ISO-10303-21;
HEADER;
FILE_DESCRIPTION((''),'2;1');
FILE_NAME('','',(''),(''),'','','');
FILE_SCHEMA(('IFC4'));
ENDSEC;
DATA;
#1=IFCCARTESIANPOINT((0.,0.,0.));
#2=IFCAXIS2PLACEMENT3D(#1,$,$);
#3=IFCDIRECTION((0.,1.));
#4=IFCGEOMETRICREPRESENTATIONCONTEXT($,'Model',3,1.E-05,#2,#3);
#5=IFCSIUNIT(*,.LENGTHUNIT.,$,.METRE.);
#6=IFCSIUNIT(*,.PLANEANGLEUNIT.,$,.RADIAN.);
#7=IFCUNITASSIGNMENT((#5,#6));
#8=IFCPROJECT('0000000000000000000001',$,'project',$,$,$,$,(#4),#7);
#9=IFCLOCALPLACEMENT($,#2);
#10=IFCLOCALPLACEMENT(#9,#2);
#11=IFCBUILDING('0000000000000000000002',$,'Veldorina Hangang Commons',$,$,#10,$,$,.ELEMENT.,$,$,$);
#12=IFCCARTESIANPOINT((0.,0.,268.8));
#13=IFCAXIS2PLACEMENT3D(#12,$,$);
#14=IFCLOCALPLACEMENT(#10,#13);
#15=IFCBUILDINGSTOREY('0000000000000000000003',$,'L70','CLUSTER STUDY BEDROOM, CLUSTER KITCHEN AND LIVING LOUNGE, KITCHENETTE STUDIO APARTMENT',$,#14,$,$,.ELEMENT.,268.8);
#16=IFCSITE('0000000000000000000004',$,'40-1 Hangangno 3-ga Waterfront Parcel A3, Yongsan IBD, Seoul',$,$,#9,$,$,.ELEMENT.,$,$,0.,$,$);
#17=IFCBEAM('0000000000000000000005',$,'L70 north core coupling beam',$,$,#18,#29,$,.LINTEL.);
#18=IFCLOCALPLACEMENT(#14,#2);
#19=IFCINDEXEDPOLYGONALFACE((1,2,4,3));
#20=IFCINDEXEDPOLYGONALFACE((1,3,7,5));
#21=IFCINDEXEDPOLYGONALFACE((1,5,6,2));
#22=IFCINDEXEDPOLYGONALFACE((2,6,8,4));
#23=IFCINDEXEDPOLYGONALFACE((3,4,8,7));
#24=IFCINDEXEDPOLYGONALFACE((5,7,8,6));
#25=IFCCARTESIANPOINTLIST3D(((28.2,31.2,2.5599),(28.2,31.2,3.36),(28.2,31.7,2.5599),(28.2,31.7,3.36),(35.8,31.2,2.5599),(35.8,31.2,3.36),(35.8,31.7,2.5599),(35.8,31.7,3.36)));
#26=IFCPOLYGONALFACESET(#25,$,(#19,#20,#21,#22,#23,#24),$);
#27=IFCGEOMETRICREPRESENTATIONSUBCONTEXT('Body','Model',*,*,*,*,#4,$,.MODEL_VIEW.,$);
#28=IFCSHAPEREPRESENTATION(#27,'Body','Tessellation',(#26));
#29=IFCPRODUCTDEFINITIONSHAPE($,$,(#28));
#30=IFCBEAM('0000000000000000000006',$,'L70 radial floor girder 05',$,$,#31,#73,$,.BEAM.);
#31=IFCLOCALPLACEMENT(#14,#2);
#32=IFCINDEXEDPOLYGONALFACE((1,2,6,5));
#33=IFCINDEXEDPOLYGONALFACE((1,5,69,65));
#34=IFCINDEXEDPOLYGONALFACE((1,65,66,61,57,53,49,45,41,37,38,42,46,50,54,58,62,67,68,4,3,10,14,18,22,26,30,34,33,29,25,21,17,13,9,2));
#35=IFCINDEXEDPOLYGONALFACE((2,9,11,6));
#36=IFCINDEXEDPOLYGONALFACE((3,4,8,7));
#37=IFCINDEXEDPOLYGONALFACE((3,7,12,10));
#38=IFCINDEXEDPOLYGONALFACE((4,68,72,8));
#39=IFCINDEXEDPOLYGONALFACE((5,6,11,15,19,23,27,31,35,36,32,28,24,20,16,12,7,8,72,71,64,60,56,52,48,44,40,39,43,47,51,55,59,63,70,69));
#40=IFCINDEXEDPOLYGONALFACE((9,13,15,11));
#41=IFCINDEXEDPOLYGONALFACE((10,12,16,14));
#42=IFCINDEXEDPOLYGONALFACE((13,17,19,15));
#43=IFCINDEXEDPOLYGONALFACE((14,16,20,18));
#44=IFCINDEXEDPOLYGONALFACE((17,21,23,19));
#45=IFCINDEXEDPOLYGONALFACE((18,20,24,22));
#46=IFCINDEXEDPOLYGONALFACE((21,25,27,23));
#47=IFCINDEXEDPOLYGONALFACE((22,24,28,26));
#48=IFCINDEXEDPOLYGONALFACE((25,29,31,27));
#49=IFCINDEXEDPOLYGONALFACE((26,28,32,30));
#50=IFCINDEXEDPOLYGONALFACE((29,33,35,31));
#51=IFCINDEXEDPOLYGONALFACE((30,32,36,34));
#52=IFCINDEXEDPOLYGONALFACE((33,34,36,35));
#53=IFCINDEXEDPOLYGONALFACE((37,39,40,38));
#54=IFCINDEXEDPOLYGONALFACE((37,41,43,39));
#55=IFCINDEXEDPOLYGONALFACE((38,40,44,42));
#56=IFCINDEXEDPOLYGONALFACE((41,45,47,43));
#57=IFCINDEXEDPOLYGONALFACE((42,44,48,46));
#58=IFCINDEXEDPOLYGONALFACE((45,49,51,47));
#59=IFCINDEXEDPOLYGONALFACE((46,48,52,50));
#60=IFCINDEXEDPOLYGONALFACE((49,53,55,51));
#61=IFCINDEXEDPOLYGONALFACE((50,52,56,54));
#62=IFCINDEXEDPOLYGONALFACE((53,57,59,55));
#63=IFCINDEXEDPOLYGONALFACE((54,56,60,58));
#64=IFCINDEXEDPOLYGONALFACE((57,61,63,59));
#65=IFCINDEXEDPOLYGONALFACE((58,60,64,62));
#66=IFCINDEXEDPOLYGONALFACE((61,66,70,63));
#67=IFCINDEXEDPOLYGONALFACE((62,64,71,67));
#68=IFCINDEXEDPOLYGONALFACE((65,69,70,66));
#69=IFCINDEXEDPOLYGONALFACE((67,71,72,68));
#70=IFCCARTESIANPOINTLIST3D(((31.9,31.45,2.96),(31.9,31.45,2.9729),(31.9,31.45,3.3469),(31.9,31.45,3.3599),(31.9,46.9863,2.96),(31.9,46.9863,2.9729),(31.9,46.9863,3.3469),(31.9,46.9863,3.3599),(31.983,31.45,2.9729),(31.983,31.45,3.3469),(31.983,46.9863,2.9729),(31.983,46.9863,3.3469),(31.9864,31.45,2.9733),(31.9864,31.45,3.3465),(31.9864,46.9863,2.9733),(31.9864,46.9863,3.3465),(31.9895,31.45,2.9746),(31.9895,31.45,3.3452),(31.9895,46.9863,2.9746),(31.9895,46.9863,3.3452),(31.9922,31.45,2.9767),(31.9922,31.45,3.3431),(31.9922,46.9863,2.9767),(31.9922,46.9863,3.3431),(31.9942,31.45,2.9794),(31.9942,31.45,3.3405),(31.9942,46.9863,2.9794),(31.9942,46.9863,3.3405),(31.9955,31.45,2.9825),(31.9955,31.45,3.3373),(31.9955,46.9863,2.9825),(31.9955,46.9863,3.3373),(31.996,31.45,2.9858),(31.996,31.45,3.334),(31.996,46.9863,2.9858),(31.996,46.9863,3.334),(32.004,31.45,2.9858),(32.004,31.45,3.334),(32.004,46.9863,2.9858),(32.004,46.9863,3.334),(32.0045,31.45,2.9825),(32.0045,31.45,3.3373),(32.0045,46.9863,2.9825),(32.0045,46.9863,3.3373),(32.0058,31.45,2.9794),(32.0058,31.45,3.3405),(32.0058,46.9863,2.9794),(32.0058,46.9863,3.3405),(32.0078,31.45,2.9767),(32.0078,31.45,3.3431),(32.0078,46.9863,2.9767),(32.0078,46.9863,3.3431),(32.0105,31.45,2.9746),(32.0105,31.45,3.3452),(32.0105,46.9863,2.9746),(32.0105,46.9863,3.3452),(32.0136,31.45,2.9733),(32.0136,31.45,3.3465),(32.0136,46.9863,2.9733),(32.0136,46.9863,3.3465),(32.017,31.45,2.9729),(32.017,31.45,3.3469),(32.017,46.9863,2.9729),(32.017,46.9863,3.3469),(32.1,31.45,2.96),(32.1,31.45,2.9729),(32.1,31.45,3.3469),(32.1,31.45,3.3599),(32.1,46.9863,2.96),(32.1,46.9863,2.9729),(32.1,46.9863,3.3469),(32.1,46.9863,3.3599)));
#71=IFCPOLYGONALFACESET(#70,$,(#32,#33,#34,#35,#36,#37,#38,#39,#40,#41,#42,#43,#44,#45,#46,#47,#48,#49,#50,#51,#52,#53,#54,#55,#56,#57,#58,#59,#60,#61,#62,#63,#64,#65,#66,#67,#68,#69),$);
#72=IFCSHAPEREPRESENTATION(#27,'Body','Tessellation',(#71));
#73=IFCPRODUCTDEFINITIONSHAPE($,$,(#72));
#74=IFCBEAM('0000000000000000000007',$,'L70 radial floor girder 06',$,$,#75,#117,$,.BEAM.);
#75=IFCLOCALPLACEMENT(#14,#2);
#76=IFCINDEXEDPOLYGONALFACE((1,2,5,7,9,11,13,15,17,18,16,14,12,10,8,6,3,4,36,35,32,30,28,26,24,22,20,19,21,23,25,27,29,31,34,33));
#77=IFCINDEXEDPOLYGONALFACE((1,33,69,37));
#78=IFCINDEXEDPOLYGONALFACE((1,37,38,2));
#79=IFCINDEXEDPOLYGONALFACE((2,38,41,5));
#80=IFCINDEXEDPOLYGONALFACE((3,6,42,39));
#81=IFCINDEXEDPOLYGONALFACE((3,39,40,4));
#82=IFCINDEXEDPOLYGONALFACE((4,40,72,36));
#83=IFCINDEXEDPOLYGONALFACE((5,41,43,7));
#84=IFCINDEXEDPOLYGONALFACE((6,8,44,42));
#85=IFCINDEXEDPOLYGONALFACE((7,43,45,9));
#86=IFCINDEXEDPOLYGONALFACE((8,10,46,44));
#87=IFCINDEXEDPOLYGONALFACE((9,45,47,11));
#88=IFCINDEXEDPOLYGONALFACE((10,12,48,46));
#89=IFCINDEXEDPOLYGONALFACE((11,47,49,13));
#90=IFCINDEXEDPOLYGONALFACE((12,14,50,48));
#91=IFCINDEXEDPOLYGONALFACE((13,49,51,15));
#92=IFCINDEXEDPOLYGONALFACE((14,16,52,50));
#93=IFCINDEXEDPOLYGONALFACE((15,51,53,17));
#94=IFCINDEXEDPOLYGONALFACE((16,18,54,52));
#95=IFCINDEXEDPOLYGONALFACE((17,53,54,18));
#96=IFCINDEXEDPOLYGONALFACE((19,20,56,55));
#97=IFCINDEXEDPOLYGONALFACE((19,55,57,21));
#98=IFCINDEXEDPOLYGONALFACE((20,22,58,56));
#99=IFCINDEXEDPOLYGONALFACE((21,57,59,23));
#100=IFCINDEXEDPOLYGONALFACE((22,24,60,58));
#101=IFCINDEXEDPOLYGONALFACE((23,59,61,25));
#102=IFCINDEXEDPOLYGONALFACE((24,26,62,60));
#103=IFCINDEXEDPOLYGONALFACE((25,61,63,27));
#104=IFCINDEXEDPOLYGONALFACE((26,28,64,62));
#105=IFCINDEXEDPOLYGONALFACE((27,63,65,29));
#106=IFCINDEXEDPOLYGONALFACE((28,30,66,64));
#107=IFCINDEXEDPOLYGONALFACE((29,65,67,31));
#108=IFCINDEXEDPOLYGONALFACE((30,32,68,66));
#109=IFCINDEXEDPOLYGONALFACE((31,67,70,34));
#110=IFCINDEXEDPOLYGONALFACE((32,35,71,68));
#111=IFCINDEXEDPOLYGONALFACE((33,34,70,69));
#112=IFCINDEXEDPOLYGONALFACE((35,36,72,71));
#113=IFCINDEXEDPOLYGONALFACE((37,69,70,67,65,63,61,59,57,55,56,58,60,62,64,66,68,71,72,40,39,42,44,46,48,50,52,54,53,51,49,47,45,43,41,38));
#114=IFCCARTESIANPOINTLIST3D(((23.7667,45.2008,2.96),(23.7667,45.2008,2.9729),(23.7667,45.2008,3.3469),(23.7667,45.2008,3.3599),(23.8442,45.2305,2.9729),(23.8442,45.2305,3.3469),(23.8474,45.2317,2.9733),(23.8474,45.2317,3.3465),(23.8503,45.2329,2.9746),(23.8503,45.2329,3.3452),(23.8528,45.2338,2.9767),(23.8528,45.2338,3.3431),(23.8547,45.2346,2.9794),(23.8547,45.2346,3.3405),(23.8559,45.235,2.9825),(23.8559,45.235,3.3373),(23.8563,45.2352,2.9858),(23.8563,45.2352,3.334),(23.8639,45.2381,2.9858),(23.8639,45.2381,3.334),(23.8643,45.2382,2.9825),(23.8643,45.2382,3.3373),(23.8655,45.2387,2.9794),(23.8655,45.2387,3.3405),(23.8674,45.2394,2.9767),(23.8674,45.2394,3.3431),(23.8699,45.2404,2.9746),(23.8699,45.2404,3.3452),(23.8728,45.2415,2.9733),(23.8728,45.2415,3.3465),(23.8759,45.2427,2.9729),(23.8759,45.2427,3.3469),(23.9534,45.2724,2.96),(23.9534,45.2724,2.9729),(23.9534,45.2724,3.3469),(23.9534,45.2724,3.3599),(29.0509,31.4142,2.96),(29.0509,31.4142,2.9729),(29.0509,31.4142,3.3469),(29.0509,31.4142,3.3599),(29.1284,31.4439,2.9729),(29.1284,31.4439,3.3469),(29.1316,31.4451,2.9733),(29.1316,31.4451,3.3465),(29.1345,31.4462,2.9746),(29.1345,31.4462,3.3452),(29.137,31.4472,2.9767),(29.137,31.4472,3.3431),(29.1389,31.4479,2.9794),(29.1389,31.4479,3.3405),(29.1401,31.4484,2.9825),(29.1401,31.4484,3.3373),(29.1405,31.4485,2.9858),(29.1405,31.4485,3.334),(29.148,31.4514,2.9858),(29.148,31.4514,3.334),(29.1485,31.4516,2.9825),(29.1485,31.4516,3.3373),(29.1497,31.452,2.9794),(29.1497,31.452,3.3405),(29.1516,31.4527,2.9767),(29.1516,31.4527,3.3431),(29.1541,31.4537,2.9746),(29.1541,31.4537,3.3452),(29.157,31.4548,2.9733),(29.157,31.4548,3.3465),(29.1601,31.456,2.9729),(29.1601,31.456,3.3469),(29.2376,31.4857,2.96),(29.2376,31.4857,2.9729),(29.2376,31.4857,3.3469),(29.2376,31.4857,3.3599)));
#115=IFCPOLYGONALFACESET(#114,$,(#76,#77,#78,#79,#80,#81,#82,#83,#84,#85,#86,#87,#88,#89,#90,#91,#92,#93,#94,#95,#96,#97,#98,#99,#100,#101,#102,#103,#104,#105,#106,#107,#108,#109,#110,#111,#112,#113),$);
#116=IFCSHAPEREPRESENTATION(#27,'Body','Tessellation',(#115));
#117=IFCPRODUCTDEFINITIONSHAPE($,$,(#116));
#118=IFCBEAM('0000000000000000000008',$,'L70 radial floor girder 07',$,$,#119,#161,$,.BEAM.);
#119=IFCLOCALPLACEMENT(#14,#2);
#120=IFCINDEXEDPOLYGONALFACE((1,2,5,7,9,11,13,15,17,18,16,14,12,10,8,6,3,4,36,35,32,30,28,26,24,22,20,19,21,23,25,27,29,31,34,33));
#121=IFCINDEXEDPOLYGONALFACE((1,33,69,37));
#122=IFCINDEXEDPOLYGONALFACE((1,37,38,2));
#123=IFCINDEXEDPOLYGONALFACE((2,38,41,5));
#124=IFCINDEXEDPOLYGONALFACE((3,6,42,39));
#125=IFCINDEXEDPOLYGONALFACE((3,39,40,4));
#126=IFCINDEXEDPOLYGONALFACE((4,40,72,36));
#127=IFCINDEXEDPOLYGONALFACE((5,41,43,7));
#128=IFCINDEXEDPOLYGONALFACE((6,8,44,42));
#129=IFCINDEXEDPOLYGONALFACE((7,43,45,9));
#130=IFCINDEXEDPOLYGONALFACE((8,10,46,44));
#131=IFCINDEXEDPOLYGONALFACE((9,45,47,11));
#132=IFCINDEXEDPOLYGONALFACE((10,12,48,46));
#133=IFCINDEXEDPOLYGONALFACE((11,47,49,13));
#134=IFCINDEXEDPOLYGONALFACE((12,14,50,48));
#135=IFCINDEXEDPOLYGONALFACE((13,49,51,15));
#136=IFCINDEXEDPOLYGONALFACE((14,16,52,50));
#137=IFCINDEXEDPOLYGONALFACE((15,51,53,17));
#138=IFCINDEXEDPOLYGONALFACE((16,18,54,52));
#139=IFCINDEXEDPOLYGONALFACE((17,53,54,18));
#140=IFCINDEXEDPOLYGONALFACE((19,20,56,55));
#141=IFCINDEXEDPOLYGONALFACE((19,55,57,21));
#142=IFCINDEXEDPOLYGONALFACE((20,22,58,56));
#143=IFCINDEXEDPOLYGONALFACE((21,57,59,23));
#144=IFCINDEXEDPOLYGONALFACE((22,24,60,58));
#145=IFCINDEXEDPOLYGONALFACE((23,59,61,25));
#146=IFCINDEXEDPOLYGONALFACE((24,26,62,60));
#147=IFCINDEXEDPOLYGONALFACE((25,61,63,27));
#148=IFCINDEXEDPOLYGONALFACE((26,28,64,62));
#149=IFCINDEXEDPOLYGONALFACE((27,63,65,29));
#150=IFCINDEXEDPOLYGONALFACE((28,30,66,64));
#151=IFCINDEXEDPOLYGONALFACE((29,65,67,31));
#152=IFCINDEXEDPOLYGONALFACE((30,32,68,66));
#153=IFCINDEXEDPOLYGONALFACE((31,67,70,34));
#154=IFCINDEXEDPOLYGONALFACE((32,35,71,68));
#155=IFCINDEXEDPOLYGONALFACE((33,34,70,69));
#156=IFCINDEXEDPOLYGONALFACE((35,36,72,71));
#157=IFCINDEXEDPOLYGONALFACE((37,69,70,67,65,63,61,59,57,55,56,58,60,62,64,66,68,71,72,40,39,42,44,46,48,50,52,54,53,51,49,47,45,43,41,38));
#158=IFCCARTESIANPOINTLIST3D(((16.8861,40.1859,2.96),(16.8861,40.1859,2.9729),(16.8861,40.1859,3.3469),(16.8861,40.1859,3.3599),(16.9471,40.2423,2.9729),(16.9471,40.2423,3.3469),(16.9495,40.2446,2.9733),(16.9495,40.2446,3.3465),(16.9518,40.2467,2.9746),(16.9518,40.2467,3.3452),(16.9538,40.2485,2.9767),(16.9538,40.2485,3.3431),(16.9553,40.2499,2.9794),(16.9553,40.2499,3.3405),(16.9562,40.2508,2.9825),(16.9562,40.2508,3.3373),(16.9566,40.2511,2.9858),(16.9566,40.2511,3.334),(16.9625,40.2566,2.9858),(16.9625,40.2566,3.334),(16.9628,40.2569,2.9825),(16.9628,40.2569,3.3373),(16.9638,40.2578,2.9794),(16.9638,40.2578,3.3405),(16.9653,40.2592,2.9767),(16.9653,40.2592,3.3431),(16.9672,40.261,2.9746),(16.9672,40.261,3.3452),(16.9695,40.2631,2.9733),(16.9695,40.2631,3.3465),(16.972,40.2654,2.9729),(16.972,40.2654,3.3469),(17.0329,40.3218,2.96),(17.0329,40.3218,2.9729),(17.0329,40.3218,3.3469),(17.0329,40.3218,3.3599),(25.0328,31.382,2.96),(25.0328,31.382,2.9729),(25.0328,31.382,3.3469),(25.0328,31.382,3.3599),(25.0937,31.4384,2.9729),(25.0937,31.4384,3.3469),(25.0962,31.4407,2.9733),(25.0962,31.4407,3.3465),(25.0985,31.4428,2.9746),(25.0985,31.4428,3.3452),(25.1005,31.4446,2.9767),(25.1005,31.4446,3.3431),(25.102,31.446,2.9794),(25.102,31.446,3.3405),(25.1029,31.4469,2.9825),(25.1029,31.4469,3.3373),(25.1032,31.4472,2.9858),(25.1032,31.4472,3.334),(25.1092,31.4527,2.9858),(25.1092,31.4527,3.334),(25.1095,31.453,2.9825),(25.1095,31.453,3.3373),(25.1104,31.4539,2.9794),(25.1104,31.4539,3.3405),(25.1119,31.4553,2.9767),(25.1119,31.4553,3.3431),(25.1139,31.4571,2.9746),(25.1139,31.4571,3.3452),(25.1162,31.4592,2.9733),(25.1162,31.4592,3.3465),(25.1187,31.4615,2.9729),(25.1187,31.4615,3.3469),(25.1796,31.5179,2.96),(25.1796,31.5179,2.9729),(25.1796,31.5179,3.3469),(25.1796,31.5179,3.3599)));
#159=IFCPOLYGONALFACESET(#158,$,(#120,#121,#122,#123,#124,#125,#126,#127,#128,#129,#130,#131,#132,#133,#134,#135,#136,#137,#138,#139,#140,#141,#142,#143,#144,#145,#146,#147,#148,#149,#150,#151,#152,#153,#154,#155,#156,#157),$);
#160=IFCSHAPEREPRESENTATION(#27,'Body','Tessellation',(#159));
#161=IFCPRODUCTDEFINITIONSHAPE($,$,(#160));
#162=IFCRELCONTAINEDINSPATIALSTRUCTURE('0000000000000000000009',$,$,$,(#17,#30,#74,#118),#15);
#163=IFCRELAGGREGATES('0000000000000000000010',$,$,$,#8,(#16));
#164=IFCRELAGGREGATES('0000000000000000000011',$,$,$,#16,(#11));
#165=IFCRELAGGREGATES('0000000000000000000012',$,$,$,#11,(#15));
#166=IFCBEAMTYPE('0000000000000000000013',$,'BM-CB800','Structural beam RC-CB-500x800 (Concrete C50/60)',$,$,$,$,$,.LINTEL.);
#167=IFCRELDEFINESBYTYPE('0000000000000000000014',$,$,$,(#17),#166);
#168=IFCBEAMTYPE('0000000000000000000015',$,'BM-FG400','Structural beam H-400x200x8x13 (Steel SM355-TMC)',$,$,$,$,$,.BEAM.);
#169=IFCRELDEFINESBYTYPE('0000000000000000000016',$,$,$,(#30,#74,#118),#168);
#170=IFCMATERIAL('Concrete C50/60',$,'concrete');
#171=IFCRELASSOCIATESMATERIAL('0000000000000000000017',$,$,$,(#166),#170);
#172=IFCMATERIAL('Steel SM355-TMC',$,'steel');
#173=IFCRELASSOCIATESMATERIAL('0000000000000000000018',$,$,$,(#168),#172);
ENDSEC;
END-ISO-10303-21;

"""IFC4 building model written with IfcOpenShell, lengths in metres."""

from ifc_helpers import new_model, si_unit, direction, frame, origin, origin_2d, place, context, subcontext, project, spatial, rectangle, i_section, extrude, material, material_profile, profile_set, type_object, element, save


model = new_model("IFC4")

# Units and contexts
model_context = context("Model", 3, precision=1e-05, world=origin(), true_north=direction((0.0, 1.0)))
body_context = subcontext(model_context, "Body", "Model", "MODEL_VIEW")
ifc_project = project(units=[si_unit("LENGTHUNIT", "METRE"), si_unit("PLANEANGLEUNIT", "RADIAN")], contexts=[model_context])

# Site, building, storey
site_placement = place(None, origin())
site = spatial("IfcSite", under=ifc_project, at=site_placement, Name="40-1 Hangangno 3-ga Waterfront Parcel A3, Yongsan IBD, Seoul", CompositionType="ELEMENT", RefElevation=0.0)
building_placement = place(site_placement, origin())
building = spatial("IfcBuilding", under=site, at=building_placement, Name="Veldorina Hangang Commons", CompositionType="ELEMENT")
storey_placement = place(building_placement, frame((0.0, 0.0, 268.8)))
storey = spatial("IfcBuildingStorey", under=building, at=storey_placement, Name="L70", Description="CLUSTER STUDY BEDROOM, CLUSTER KITCHEN AND LIVING LOUNGE, KITCHENETTE STUDIO APARTMENT", CompositionType="ELEMENT", Elevation=268.8)

# Beams
ifc_material_1 = material(Name="Concrete C50/60", Category="concrete")
ifc_material_profile_1 = material_profile(ifc_material_1, rectangle(XDim=0.5, YDim=0.8, at=origin_2d()), Name="RC-CB-500x800")
ifc_profile_set_1 = profile_set([ifc_material_profile_1], Name="Concrete C50/60")
beam_type_1 = type_object("IfcBeamType", Name="BM-CB800", Description="Structural beam RC-CB-500x800 (Concrete C50/60)", PredefinedType="LINTEL", material=ifc_profile_set_1)
beam_1_placement = place(storey_placement, frame((28.2, 31.45, 2.96), z_axis=(1.0, 0.0, 0.0), x_axis=(0.0, 1.0, 0.0)))
element("IfcBeam", 1, at=beam_1_placement, inside=storey, type_object=beam_type_1, Name="L70 north core coupling beam", PredefinedType="LINTEL", context=body_context, shape_type="SweptSolid", body=[
    extrude(rectangle(XDim=0.5, YDim=0.8, at=origin_2d()), origin(), (0.0, 0.0, 1.0), 7.6001),
])
ifc_material_2 = material(Name="Steel SM355-TMC", Category="steel")
ifc_material_profile_2 = material_profile(ifc_material_2, i_section(OverallWidth=0.2, OverallDepth=0.3999, WebThickness=0.0081, FlangeThickness=0.0129, FilletRadius=0.0129, at=origin_2d()), Name="H-400x200x8x13")
ifc_profile_set_2 = profile_set([ifc_material_profile_2], Name="Steel SM355-TMC")
beam_type_2 = type_object("IfcBeamType", Name="BM-FG400", Description="Structural beam H-400x200x8x13 (Steel SM355-TMC)", PredefinedType="BEAM", material=ifc_profile_set_2)
beam_2_placement = place(storey_placement, frame((32.0, 31.45, 3.1599), z_axis=(0.0, 1.0, 0.0), x_axis=(-1.0, 0.0, 0.0)))
element("IfcBeam", 2, at=beam_2_placement, inside=storey, type_object=beam_type_2, Name="L70 radial floor girder 05", PredefinedType="BEAM", context=body_context, shape_type="SweptSolid", body=[
    extrude(i_section(OverallWidth=0.2, OverallDepth=0.3999, WebThickness=0.0081, FlangeThickness=0.0129, FilletRadius=0.0129, at=origin_2d()), origin(), (0.0, 0.0, 1.0), 15.5364),
])
beam_3_placement = place(storey_placement, frame((29.1443, 31.45, 3.1599), z_axis=(-0.357895, 0.933762, 0.0), x_axis=(-0.933762, -0.357895, 0.0)))
element("IfcBeam", 3, at=beam_3_placement, inside=storey, type_object=beam_type_2, Name="L70 radial floor girder 06", PredefinedType="BEAM", context=body_context, shape_type="SweptSolid", body=[
    extrude(i_section(OverallWidth=0.2, OverallDepth=0.3999, WebThickness=0.0081, FlangeThickness=0.0129, FilletRadius=0.0129, at=origin_2d()), origin(), (0.0, 0.0, 1.0), 14.7646),
])
beam_4_placement = place(storey_placement, frame((25.1062, 31.45, 3.1599), z_axis=(-0.67918, 0.733972, 0.0), x_axis=(-0.733972, -0.67918, 0.0)))
element("IfcBeam", 4, at=beam_4_placement, inside=storey, type_object=beam_type_2, Name="L70 radial floor girder 07", PredefinedType="BEAM", context=body_context, shape_type="SweptSolid", body=[
    extrude(i_section(OverallWidth=0.2, OverallDepth=0.3999, WebThickness=0.0081, FlangeThickness=0.0129, FilletRadius=0.0129, at=origin_2d()), origin(), (0.0, 0.0, 1.0), 11.9949),
])

save(model, "model.ifc")
